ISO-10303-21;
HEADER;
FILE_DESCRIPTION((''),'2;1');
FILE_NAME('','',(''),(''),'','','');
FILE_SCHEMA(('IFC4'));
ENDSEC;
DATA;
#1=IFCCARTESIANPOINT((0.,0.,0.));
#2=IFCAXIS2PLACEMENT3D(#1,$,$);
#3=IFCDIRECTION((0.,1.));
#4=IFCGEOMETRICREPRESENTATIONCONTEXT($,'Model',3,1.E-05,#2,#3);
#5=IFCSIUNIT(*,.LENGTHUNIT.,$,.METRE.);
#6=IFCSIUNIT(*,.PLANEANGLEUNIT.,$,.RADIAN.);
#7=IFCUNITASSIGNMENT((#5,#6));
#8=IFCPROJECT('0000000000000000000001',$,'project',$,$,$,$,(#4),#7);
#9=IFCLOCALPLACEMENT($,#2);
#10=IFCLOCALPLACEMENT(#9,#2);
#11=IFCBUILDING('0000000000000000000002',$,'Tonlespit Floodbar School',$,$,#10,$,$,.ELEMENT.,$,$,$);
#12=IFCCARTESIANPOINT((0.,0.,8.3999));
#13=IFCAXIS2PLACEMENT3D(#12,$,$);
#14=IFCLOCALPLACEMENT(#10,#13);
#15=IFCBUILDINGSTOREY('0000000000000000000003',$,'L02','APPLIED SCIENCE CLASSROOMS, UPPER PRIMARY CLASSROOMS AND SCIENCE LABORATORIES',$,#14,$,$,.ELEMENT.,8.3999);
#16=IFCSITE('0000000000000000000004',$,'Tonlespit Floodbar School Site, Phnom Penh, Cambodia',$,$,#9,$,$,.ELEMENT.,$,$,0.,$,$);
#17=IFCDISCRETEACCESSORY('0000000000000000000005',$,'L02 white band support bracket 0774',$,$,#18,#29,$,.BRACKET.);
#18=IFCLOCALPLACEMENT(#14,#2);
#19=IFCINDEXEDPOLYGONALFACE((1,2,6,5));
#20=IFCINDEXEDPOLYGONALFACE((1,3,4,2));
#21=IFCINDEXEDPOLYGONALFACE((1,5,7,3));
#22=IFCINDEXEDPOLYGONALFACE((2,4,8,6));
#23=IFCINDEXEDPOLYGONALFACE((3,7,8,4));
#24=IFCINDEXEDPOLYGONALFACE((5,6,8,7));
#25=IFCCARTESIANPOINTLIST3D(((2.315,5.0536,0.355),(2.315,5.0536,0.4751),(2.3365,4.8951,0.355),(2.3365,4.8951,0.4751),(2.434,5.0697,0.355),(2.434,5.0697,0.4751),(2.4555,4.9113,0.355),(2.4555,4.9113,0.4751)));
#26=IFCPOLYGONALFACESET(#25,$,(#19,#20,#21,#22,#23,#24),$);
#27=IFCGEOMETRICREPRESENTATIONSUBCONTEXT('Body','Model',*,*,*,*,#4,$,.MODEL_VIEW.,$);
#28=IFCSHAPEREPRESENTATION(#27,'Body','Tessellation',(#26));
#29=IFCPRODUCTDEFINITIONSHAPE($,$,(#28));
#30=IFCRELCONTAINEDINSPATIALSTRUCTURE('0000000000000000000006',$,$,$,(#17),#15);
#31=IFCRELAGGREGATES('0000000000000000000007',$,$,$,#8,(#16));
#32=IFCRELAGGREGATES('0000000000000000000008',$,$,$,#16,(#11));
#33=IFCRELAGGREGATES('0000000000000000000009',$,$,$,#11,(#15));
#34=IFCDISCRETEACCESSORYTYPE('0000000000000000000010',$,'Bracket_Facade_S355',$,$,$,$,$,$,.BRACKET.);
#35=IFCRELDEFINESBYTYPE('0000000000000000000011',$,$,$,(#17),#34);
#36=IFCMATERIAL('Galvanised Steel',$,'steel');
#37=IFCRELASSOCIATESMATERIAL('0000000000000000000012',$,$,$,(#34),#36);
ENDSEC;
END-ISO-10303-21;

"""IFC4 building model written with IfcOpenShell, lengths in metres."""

from ifc_helpers import new_model, si_unit, direction, frame, origin, origin_2d, place, context, subcontext, project, spatial, rectangle, extrude, material, type_object, element, save


model = new_model("IFC4")

# Units and contexts
model_context = context("Model", 3, precision=1e-05, world=origin(), true_north=direction((0.0, 1.0)))
body_context = subcontext(model_context, "Body", "Model", "MODEL_VIEW")
ifc_project = project(units=[si_unit("LENGTHUNIT", "METRE"), si_unit("PLANEANGLEUNIT", "RADIAN")], contexts=[model_context])

# Site, building, storey
site_placement = place(None, origin())
site = spatial("IfcSite", under=ifc_project, at=site_placement, Name="Tonlespit Floodbar School Site, Phnom Penh, Cambodia", CompositionType="ELEMENT", RefElevation=0.0)
building_placement = place(site_placement, origin())
building = spatial("IfcBuilding", under=site, at=building_placement, Name="Tonlespit Floodbar School", CompositionType="ELEMENT")
storey_placement = place(building_placement, frame((0.0, 0.0, 8.3999)))
storey = spatial("IfcBuildingStorey", under=building, at=storey_placement, Name="L02", Description="APPLIED SCIENCE CLASSROOMS, UPPER PRIMARY CLASSROOMS AND SCIENCE LABORATORIES", CompositionType="ELEMENT", Elevation=8.3999)

# Discrete accessory
ifc_material_1 = material(Name="Galvanised Steel", Category="steel")
discrete_accessory_type = type_object("IfcDiscreteAccessoryType", Name="Bracket_Facade_S355", PredefinedType="BRACKET", material=ifc_material_1)
discrete_accessory_placement = place(storey_placement, frame((2.3853, 4.9824, 0.355), z_axis=(0.0, 0.0, 1.0), x_axis=(-0.134662, 0.990892, 0.0)))
element("IfcDiscreteAccessory", 1, at=discrete_accessory_placement, inside=storey, type_object=discrete_accessory_type, Name="L02 white band support bracket 0774", PredefinedType="BRACKET", context=body_context, shape_type="SweptSolid", body=[
    extrude(rectangle(XDim=0.1599, YDim=0.1201, at=origin_2d()), origin(), (0.0, 0.0, 1.0), 0.1201),
])

save(model, "model.ifc")
